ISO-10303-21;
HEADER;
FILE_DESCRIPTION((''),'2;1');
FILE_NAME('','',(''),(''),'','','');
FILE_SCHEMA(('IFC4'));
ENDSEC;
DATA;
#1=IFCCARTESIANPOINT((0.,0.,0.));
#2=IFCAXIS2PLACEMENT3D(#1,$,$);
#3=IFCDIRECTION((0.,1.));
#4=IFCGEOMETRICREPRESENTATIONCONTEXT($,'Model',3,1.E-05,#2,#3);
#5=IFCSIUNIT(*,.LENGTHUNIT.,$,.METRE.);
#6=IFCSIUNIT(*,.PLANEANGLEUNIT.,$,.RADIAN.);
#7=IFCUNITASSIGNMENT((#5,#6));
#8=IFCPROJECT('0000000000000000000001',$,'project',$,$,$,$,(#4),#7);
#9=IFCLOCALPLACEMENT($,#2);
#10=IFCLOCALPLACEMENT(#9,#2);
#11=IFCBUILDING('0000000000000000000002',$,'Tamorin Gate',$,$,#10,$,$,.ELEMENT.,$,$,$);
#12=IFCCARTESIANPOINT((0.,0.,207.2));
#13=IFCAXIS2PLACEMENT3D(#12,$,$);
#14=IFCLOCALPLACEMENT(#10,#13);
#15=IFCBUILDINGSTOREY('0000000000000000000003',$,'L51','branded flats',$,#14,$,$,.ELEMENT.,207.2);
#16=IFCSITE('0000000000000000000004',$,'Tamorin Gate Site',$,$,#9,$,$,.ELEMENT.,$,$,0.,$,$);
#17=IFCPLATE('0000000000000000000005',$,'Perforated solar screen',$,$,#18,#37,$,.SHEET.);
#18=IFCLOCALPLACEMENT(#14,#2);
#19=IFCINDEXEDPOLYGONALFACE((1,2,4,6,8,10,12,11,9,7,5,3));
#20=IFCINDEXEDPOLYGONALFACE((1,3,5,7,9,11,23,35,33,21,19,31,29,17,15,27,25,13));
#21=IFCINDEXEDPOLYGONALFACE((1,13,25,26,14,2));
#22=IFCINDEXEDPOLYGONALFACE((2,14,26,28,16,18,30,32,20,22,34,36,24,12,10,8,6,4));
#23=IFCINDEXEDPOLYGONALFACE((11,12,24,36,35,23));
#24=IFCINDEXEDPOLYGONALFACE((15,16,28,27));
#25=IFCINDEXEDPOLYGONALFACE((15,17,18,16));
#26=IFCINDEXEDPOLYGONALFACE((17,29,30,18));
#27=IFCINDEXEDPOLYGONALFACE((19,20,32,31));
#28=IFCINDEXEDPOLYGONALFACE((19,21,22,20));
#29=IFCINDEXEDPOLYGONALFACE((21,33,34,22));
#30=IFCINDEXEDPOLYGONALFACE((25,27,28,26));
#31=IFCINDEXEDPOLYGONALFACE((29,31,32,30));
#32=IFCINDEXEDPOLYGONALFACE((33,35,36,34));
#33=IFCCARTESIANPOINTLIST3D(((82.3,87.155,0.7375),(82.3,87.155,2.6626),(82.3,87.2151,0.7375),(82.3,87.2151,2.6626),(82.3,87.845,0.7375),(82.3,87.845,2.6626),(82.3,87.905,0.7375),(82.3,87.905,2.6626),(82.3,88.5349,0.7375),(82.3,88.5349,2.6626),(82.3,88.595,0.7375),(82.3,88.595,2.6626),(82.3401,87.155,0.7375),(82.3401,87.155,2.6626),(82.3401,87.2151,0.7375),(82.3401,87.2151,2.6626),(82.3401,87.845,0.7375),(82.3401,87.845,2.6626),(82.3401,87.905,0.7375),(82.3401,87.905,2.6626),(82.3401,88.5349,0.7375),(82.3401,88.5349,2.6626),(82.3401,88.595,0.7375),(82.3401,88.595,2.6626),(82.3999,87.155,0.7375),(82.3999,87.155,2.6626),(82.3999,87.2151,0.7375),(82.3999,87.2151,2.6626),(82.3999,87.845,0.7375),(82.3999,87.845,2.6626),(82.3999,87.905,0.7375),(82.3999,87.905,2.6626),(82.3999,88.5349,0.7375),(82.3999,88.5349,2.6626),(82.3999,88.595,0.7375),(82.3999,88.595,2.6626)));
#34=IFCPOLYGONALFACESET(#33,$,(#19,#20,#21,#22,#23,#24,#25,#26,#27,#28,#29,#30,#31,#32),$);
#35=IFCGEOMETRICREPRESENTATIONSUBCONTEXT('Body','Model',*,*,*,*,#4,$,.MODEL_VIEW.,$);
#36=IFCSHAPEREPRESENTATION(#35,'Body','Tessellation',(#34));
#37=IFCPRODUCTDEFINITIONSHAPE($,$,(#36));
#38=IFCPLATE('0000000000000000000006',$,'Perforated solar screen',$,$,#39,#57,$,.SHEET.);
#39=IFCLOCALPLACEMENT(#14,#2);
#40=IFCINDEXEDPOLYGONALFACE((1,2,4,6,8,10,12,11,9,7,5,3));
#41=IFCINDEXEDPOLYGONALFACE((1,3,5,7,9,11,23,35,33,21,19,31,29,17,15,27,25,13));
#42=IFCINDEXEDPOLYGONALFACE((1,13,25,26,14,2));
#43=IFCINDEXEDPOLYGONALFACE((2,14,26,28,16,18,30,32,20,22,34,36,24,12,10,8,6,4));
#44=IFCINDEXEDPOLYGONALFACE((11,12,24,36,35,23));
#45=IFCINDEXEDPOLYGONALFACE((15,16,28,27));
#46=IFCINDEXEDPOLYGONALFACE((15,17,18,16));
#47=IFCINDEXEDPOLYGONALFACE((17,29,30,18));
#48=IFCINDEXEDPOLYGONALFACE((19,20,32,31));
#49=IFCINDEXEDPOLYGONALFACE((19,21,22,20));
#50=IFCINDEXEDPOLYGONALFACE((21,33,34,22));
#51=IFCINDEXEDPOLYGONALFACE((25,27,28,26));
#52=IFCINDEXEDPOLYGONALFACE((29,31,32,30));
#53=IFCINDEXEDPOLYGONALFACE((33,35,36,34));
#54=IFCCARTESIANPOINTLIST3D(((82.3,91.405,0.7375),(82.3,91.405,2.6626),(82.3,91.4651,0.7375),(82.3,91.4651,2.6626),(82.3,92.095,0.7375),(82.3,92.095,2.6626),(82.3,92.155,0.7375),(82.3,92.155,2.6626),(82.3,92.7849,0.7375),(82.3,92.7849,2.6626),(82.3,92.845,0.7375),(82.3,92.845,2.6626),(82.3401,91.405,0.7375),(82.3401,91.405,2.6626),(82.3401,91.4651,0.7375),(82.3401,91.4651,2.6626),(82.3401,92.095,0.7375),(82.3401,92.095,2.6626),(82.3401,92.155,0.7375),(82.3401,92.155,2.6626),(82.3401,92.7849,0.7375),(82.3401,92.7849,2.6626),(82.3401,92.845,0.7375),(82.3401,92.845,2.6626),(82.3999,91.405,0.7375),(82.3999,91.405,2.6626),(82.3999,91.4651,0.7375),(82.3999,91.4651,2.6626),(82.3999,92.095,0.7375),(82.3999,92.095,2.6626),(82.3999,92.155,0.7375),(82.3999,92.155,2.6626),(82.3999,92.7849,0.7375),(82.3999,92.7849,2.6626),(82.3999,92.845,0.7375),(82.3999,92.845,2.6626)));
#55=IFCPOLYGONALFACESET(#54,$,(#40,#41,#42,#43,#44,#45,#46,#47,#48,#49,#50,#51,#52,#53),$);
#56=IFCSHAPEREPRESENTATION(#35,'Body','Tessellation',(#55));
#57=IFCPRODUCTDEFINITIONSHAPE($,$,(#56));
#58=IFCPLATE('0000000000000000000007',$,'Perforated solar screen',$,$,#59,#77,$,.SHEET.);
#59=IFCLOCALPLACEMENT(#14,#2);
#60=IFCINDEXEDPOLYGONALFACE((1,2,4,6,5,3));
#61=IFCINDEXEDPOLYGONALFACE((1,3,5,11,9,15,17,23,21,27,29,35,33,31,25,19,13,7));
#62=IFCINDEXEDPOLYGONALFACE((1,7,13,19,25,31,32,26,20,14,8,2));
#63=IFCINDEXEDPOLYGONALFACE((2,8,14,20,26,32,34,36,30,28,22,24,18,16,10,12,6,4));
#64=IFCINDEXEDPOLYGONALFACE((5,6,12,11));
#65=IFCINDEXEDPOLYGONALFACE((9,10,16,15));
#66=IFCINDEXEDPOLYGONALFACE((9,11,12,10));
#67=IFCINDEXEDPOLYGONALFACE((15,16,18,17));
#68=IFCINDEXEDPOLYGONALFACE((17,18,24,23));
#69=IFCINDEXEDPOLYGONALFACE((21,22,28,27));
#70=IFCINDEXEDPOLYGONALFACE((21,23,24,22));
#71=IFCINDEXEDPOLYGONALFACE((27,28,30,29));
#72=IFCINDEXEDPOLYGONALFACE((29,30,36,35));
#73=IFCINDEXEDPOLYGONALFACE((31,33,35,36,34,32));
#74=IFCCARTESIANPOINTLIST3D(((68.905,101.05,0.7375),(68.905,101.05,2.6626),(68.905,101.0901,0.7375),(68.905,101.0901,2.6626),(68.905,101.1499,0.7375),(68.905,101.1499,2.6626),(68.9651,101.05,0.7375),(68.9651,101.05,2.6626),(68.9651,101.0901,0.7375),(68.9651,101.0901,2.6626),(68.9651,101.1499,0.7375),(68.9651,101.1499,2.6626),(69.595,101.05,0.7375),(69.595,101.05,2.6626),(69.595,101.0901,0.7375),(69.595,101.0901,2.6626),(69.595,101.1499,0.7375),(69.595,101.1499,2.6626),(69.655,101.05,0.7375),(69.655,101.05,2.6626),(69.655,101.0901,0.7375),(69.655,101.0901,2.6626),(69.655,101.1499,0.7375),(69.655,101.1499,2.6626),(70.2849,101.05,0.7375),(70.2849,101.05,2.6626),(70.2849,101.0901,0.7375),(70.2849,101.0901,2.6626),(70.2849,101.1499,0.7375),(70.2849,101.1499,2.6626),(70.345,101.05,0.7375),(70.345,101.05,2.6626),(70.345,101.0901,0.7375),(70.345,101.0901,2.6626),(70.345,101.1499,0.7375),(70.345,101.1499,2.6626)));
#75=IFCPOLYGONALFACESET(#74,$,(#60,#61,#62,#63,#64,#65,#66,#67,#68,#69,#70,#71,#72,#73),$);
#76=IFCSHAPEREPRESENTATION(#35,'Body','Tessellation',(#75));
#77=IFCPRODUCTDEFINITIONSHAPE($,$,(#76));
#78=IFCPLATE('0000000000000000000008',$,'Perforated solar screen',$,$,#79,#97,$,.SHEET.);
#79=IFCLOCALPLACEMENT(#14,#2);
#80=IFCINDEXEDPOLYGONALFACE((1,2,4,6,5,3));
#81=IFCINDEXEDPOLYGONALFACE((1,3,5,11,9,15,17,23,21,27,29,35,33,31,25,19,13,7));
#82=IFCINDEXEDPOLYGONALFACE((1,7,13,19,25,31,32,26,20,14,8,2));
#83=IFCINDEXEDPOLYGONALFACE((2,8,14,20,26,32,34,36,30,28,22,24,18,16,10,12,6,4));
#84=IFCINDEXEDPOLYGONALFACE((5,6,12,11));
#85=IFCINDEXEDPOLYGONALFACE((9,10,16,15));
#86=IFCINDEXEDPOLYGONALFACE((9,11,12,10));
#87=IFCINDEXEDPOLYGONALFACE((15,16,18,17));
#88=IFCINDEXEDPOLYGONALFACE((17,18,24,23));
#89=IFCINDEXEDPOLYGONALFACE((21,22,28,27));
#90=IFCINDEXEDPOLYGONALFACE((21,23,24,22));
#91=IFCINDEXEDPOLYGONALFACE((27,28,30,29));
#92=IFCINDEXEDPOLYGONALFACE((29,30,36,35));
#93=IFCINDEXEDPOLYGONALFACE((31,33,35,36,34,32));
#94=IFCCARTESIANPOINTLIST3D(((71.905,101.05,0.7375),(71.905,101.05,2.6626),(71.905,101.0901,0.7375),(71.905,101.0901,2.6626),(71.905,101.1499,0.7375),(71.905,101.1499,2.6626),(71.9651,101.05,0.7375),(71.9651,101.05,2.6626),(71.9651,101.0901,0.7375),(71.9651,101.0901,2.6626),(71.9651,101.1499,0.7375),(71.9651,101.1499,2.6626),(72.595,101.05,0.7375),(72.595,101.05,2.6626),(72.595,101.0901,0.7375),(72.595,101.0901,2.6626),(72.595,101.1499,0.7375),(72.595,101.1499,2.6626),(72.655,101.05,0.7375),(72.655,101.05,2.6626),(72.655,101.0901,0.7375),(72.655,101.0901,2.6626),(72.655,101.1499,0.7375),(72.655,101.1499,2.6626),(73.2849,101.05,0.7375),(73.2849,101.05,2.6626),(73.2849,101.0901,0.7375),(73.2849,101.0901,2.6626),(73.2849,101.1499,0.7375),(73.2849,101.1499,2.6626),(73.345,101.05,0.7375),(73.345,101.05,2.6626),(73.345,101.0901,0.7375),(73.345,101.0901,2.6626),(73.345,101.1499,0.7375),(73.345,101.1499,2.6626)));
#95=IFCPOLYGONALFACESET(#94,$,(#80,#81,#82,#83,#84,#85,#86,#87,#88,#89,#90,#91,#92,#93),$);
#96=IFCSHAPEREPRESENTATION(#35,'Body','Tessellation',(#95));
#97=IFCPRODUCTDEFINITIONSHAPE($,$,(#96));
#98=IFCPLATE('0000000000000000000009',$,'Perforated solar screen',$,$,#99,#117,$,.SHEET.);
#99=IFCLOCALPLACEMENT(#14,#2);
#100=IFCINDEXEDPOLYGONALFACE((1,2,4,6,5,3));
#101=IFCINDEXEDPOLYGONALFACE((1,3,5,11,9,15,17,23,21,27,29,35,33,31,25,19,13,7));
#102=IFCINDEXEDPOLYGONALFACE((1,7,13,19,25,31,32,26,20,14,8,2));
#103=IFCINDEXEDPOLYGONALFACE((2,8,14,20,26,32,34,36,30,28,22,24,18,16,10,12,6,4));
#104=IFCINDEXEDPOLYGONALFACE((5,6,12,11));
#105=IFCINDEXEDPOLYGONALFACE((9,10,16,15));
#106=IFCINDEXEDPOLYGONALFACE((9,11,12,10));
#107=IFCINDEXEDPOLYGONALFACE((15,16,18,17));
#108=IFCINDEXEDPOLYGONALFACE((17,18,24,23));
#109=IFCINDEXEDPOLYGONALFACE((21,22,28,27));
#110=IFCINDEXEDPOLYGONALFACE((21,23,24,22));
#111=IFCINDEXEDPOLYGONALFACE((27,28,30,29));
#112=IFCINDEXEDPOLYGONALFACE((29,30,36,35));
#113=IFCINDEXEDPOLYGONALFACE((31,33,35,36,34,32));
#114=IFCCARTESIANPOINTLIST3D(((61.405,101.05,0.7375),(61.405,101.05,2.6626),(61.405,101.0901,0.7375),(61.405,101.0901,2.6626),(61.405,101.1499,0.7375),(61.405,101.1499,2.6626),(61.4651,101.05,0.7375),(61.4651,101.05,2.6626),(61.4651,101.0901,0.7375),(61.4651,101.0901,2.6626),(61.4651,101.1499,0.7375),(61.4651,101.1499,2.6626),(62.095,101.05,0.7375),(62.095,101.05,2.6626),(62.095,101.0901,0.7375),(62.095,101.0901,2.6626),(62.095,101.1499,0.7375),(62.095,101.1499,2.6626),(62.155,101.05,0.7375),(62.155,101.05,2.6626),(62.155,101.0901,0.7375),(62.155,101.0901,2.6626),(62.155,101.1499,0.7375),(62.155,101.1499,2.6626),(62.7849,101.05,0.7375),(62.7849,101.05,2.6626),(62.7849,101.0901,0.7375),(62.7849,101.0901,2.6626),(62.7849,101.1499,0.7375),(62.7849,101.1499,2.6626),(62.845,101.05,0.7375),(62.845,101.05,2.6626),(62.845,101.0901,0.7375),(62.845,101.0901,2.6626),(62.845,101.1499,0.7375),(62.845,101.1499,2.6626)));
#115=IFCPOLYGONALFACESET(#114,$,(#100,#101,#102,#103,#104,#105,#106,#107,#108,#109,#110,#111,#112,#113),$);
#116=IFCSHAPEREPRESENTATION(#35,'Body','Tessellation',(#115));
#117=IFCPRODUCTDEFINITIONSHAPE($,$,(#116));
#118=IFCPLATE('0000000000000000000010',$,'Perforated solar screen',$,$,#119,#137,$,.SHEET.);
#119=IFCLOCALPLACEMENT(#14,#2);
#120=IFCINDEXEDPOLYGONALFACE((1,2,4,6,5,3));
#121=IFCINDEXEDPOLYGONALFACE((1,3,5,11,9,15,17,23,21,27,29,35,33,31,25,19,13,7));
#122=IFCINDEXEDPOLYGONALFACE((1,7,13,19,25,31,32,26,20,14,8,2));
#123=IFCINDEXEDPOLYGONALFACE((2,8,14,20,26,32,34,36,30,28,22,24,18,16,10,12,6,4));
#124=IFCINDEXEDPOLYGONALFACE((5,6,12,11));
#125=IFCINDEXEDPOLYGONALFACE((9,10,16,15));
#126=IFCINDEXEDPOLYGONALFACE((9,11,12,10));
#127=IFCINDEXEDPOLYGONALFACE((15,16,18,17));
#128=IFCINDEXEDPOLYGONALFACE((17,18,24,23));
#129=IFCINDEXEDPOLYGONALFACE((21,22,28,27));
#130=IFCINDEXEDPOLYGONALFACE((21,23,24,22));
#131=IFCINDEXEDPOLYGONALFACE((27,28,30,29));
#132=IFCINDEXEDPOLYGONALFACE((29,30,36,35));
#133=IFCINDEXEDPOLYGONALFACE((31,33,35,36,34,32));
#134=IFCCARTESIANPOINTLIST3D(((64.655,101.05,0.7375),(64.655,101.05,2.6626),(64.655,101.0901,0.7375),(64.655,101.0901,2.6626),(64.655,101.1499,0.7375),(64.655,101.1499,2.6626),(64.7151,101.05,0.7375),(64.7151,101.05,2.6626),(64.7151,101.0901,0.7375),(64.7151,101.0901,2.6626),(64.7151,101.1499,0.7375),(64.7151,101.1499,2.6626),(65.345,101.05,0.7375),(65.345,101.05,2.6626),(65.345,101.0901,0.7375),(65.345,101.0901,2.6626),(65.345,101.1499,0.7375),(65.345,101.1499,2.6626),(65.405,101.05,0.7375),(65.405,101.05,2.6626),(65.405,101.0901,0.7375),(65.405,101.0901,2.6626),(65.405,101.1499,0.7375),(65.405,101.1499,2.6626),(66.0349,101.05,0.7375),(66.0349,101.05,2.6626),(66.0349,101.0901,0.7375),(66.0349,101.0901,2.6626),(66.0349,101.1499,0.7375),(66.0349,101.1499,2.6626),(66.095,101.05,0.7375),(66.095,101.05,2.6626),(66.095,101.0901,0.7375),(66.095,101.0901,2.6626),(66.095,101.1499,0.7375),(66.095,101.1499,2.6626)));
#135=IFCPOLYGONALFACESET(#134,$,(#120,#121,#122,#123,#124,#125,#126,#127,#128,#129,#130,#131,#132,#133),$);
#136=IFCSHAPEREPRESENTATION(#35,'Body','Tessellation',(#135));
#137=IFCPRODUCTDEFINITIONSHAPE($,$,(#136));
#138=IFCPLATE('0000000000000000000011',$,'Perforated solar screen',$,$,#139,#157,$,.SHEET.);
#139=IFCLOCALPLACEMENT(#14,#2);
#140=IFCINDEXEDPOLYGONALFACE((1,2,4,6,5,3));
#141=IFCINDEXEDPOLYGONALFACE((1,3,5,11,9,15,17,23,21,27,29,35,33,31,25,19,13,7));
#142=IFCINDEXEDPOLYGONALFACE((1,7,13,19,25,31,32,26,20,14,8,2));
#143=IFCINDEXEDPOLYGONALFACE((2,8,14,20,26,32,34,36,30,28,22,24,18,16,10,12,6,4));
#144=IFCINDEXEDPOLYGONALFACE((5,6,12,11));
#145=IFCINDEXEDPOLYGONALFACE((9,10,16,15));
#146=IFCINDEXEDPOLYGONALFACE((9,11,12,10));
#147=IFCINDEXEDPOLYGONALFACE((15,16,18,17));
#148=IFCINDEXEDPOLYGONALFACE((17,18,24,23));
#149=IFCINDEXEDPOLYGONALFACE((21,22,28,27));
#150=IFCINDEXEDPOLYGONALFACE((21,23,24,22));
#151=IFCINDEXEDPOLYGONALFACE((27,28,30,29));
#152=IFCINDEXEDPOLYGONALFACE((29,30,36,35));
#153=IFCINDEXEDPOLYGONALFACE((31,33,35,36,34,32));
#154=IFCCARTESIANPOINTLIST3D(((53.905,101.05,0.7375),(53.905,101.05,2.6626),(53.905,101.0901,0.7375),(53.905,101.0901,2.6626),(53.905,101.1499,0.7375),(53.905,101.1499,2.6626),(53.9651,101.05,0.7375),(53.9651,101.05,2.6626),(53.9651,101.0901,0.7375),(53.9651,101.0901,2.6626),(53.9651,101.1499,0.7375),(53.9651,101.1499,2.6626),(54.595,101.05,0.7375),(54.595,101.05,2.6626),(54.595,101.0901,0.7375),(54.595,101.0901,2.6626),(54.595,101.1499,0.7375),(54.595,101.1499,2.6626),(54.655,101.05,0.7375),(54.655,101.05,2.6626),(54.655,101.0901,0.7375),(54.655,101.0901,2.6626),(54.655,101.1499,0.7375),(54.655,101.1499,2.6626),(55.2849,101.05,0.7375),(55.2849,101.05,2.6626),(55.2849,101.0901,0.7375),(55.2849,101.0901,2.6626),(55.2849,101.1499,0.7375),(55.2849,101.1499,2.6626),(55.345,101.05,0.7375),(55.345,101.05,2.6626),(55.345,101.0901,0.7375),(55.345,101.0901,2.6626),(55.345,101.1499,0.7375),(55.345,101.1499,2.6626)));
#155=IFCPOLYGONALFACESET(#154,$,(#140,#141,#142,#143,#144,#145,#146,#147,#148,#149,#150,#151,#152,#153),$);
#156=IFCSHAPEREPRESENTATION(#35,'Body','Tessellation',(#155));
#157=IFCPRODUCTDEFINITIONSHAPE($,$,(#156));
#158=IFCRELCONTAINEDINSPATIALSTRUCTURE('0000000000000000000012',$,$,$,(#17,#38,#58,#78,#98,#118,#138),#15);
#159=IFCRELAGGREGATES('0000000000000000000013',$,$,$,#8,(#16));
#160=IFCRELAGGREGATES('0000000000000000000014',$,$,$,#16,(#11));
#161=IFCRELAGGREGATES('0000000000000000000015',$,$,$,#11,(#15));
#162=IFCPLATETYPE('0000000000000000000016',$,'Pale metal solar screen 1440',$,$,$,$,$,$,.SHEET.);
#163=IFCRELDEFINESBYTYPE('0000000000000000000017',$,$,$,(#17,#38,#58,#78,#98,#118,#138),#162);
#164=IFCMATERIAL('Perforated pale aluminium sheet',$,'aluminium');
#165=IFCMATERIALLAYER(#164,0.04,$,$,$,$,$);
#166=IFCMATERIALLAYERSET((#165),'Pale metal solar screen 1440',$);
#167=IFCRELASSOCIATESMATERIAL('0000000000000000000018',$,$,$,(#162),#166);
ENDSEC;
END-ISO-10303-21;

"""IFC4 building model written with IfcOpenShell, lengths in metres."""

from ifc_helpers import new_model, si_unit, direction, frame, origin, place, context, subcontext, project, spatial, polyline, outline, extrude, material, layer, layer_set, type_object, element, save


model = new_model("IFC4")

# Units and contexts
model_context = context("Model", 3, precision=1e-05, world=origin(), true_north=direction((0.0, 1.0)))
body_context = subcontext(model_context, "Body", "Model", "MODEL_VIEW")
ifc_project = project(units=[si_unit("LENGTHUNIT", "METRE"), si_unit("PLANEANGLEUNIT", "RADIAN")], contexts=[model_context])

# Site, building, storey
site_placement = place(None, origin())
site = spatial("IfcSite", under=ifc_project, at=site_placement, Name="Tamorin Gate Site", CompositionType="ELEMENT", RefElevation=0.0)
building_placement = place(site_placement, origin())
building = spatial("IfcBuilding", under=site, at=building_placement, Name="Tamorin Gate", CompositionType="ELEMENT")
storey_placement = place(building_placement, frame((0.0, 0.0, 207.2)))
storey = spatial("IfcBuildingStorey", under=building, at=storey_placement, Name="L51", Description="branded flats", CompositionType="ELEMENT", Elevation=207.2)

# Plates
ifc_material_1 = material(Name="Perforated pale aluminium sheet", Category="aluminium")
ifc_layer_1 = layer(ifc_material_1, 0.04)
ifc_layer_set_1 = layer_set([ifc_layer_1], Name="Pale metal solar screen 1440")
plate_type_1 = type_object("IfcPlateType", Name="Pale metal solar screen 1440", PredefinedType="SHEET", material=ifc_layer_set_1)
plate_1_placement = place(storey_placement, frame((0.0, 0.0, 0.7375)))
element("IfcPlate", 1, at=plate_1_placement, inside=storey, type_object=plate_type_1, Name="Perforated solar screen", PredefinedType="SHEET", context=body_context, shape_type="SweptSolid", body=[
    extrude(outline(polyline([(82.3401, 87.155), (82.3, 87.155), (82.3, 87.2151), (82.3, 87.845), (82.3, 87.905), (82.3, 88.5349), (82.3, 88.595), (82.3401, 88.595), (82.3999, 88.595), (82.3999, 88.5349), (82.3401, 88.5349), (82.3401, 87.905), (82.3999, 87.905), (82.3999, 87.845), (82.3401, 87.845), (82.3401, 87.2151), (82.3999, 87.2151), (82.3999, 87.155), (82.3401, 87.155)])), origin(), (0.0, 0.0, 1.0), 1.925),
])
plate_2_placement = place(storey_placement, frame((0.0, 0.0, 0.7375)))
element("IfcPlate", 2, at=plate_2_placement, inside=storey, type_object=plate_type_1, Name="Perforated solar screen", PredefinedType="SHEET", context=body_context, shape_type="SweptSolid", body=[
    extrude(outline(polyline([(82.3401, 91.405), (82.3, 91.405), (82.3, 91.4651), (82.3, 92.095), (82.3, 92.155), (82.3, 92.7849), (82.3, 92.845), (82.3401, 92.845), (82.3999, 92.845), (82.3999, 92.7849), (82.3401, 92.7849), (82.3401, 92.155), (82.3999, 92.155), (82.3999, 92.095), (82.3401, 92.095), (82.3401, 91.4651), (82.3999, 91.4651), (82.3999, 91.405), (82.3401, 91.405)])), origin(), (0.0, 0.0, 1.0), 1.925),
])
plate_3_placement = place(storey_placement, frame((0.0, 0.0, 0.7375)))
element("IfcPlate", 3, at=plate_3_placement, inside=storey, type_object=plate_type_1, Name="Perforated solar screen", PredefinedType="SHEET", context=body_context, shape_type="SweptSolid", body=[
    extrude(outline(polyline([(70.345, 101.0901), (70.345, 101.05), (70.2849, 101.05), (69.655, 101.05), (69.595, 101.05), (68.9651, 101.05), (68.905, 101.05), (68.905, 101.0901), (68.905, 101.1499), (68.9651, 101.1499), (68.9651, 101.0901), (69.595, 101.0901), (69.595, 101.1499), (69.655, 101.1499), (69.655, 101.0901), (70.2849, 101.0901), (70.2849, 101.1499), (70.345, 101.1499), (70.345, 101.0901)])), origin(), (0.0, 0.0, 1.0), 1.925),
])
plate_4_placement = place(storey_placement, frame((0.0, 0.0, 0.7375)))
element("IfcPlate", 4, at=plate_4_placement, inside=storey, type_object=plate_type_1, Name="Perforated solar screen", PredefinedType="SHEET", context=body_context, shape_type="SweptSolid", body=[
    extrude(outline(polyline([(73.345, 101.0901), (73.345, 101.05), (73.2849, 101.05), (72.655, 101.05), (72.595, 101.05), (71.9651, 101.05), (71.905, 101.05), (71.905, 101.05), (71.905, 101.0901), (71.905, 101.0901), (71.905, 101.1499), (71.9651, 101.1499), (71.9651, 101.0901), (72.595, 101.0901), (72.595, 101.1499), (72.655, 101.1499), (72.655, 101.0901), (73.2849, 101.0901), (73.2849, 101.1499), (73.345, 101.1499), (73.345, 101.0901)])), origin(), (0.0, 0.0, 1.0), 1.925),
])
plate_5_placement = place(storey_placement, frame((0.0, 0.0, 0.7375)))
element("IfcPlate", 5, at=plate_5_placement, inside=storey, type_object=plate_type_1, Name="Perforated solar screen", PredefinedType="SHEET", context=body_context, shape_type="SweptSolid", body=[
    extrude(outline(polyline([(62.845, 101.0901), (62.845, 101.05), (62.7849, 101.05), (62.155, 101.05), (62.095, 101.05), (61.4651, 101.05), (61.405, 101.05), (61.405, 101.0901), (61.405, 101.1499), (61.4651, 101.1499), (61.4651, 101.0901), (62.095, 101.0901), (62.095, 101.1499), (62.155, 101.1499), (62.155, 101.0901), (62.7849, 101.0901), (62.7849, 101.1499), (62.845, 101.1499), (62.845, 101.0901)])), origin(), (0.0, 0.0, 1.0), 1.925),
])
plate_6_placement = place(storey_placement, frame((0.0, 0.0, 0.7375)))
element("IfcPlate", 6, at=plate_6_placement, inside=storey, type_object=plate_type_1, Name="Perforated solar screen", PredefinedType="SHEET", context=body_context, shape_type="SweptSolid", body=[
    extrude(outline(polyline([(66.095, 101.0901), (66.095, 101.05), (66.0349, 101.05), (65.405, 101.05), (65.345, 101.05), (64.7151, 101.05), (64.655, 101.05), (64.655, 101.0901), (64.655, 101.1499), (64.7151, 101.1499), (64.7151, 101.0901), (65.345, 101.0901), (65.345, 101.1499), (65.405, 101.1499), (65.405, 101.0901), (66.0349, 101.0901), (66.0349, 101.1499), (66.095, 101.1499), (66.095, 101.0901)])), origin(), (0.0, 0.0, 1.0), 1.925),
])
plate_7_placement = place(storey_placement, frame((0.0, 0.0, 0.7375)))
element("IfcPlate", 7, at=plate_7_placement, inside=storey, type_object=plate_type_1, Name="Perforated solar screen", PredefinedType="SHEET", context=body_context, shape_type="SweptSolid", body=[
    extrude(outline(polyline([(55.345, 101.0901), (55.345, 101.05), (55.2849, 101.05), (54.655, 101.05), (54.595, 101.05), (53.9651, 101.05), (53.905, 101.05), (53.905, 101.0901), (53.905, 101.1499), (53.9651, 101.1499), (53.9651, 101.0901), (54.595, 101.0901), (54.595, 101.1499), (54.655, 101.1499), (54.655, 101.0901), (55.2849, 101.0901), (55.2849, 101.1499), (55.345, 101.1499), (55.345, 101.0901)])), origin(), (0.0, 0.0, 1.0), 1.925),
])

save(model, "model.ifc")
